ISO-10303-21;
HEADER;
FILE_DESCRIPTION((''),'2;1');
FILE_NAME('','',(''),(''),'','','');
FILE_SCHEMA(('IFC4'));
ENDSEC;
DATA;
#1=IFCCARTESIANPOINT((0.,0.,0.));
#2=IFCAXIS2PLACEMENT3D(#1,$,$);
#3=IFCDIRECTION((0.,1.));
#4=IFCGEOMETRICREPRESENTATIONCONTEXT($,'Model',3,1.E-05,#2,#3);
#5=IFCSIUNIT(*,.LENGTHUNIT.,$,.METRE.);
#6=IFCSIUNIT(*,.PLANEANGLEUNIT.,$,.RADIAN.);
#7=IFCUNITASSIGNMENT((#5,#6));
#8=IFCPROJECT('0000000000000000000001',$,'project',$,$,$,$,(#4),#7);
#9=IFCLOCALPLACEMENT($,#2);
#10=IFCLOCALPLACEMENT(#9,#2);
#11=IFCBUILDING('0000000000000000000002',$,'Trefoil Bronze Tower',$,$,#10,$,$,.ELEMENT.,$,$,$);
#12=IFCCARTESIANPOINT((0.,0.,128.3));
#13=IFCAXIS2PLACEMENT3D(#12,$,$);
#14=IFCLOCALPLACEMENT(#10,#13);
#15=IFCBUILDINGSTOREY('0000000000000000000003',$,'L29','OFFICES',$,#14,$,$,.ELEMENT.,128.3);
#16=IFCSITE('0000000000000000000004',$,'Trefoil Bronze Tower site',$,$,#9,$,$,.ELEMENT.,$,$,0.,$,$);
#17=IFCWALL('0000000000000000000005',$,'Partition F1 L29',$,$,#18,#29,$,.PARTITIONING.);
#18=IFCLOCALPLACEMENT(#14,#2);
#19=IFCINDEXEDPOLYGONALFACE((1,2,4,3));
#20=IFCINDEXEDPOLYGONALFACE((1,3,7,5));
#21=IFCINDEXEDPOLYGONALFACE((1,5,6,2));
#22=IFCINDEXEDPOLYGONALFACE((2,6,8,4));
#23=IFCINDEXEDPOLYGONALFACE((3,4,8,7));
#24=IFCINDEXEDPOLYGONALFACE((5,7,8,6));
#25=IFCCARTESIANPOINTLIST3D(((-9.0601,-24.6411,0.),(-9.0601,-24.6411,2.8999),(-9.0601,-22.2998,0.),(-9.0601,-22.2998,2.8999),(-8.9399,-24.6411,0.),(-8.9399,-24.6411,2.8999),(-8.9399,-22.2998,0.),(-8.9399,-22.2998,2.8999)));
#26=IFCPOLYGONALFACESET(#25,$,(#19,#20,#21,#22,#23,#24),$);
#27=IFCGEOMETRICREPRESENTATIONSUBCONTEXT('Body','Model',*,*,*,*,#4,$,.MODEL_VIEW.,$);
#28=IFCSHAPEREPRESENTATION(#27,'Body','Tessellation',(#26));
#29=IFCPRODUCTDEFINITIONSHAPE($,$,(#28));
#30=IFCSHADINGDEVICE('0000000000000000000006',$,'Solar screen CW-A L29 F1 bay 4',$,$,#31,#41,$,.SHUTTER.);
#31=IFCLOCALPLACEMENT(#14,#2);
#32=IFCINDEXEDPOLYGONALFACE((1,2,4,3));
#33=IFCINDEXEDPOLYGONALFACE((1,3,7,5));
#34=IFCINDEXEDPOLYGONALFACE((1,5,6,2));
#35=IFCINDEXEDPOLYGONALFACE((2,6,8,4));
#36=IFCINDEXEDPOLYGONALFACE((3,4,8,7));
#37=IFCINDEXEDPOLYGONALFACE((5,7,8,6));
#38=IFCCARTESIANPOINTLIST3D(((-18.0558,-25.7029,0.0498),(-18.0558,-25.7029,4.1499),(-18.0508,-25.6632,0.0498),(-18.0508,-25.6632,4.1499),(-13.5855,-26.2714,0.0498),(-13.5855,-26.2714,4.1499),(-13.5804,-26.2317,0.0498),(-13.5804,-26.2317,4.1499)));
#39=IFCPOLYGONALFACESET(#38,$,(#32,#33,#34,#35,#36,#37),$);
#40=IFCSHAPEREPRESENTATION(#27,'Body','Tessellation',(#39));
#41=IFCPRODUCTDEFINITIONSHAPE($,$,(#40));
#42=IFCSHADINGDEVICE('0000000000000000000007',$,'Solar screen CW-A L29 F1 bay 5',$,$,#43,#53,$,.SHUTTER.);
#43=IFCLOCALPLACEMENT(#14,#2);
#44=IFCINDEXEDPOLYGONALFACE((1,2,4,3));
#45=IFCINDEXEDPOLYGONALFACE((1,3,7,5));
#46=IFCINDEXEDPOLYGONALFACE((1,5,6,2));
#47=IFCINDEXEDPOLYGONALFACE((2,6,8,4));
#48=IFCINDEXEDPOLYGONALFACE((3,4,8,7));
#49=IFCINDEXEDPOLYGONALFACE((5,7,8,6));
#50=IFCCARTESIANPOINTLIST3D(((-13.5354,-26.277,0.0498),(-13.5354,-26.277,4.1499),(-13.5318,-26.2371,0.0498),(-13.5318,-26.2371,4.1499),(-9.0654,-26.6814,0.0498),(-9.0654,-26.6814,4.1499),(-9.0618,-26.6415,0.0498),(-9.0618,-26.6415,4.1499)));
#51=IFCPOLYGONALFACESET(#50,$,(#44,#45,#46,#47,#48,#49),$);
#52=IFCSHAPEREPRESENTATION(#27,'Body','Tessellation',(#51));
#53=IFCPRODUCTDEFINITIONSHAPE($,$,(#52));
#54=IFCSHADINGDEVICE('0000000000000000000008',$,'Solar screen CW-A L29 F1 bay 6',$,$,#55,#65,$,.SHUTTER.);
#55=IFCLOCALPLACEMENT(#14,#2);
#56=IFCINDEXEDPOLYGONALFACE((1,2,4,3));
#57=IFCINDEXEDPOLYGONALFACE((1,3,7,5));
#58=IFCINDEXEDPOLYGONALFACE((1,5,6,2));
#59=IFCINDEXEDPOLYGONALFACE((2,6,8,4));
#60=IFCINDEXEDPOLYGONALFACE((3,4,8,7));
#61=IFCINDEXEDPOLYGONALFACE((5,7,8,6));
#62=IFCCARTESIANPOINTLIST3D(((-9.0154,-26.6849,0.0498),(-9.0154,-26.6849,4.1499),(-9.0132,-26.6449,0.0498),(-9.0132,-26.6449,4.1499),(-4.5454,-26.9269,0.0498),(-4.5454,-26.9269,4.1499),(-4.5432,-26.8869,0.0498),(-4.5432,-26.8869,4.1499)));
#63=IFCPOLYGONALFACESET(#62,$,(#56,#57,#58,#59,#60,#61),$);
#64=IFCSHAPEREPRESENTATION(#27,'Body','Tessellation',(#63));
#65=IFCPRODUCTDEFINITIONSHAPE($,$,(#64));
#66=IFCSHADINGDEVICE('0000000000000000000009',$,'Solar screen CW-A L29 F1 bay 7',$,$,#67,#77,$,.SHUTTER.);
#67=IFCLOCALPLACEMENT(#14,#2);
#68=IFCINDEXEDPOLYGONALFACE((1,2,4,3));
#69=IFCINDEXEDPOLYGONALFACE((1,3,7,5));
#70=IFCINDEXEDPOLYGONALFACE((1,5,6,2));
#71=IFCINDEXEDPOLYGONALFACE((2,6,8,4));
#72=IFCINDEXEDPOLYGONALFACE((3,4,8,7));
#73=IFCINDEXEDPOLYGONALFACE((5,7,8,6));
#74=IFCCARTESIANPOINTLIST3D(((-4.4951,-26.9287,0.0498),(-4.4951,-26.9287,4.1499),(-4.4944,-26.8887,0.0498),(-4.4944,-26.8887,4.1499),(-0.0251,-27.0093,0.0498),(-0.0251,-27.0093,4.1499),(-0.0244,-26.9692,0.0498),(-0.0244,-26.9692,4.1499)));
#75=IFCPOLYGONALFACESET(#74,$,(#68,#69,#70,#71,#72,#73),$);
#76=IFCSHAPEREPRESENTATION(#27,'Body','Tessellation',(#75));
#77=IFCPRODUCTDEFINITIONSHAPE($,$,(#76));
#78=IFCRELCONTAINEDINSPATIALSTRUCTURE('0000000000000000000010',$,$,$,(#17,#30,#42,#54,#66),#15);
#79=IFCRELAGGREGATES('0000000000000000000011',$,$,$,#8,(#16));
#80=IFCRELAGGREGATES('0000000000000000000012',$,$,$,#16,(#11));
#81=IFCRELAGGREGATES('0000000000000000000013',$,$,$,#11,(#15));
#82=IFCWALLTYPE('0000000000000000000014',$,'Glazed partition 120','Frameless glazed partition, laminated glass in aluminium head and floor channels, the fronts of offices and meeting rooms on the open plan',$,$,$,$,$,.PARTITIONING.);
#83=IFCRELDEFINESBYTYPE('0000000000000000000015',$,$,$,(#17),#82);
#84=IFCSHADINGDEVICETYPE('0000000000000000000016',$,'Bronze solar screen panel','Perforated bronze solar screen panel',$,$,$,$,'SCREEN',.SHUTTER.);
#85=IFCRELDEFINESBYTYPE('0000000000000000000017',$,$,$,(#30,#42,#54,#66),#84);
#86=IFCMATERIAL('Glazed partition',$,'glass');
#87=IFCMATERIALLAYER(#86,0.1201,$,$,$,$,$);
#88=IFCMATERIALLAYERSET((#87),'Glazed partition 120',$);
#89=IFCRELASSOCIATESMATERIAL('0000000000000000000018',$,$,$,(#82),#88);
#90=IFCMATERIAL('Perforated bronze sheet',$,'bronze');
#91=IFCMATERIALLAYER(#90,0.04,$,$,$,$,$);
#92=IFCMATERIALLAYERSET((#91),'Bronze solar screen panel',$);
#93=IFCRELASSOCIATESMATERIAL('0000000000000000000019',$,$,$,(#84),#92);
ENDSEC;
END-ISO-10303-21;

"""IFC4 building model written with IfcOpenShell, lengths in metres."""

from ifc_helpers import new_model, si_unit, direction, frame, frame_2d, origin, origin_2d, place, context, subcontext, project, spatial, rectangle, extrude, material, layer, layer_set, type_object, element, save


model = new_model("IFC4")

# Units and contexts
model_context = context("Model", 3, precision=1e-05, world=origin(), true_north=direction((0.0, 1.0)))
body_context = subcontext(model_context, "Body", "Model", "MODEL_VIEW")
ifc_project = project(units=[si_unit("LENGTHUNIT", "METRE"), si_unit("PLANEANGLEUNIT", "RADIAN")], contexts=[model_context])

# Site, building, storey
site_placement = place(None, origin())
site = spatial("IfcSite", under=ifc_project, at=site_placement, Name="Trefoil Bronze Tower site", CompositionType="ELEMENT", RefElevation=0.0)
building_placement = place(site_placement, origin())
building = spatial("IfcBuilding", under=site, at=building_placement, Name="Trefoil Bronze Tower", CompositionType="ELEMENT")
storey_placement = place(building_placement, frame((0.0, 0.0, 128.3)))
storey = spatial("IfcBuildingStorey", under=building, at=storey_placement, Name="L29", Description="OFFICES", CompositionType="ELEMENT", Elevation=128.3)

# Shared definitions
ifc_material_1 = material(Name="Glazed partition", Category="glass")
ifc_layer_1 = layer(ifc_material_1, 0.1201)
ifc_layer_set_1 = layer_set([ifc_layer_1], Name="Glazed partition 120")
wall_type = type_object("IfcWallType", Name="Glazed partition 120", Description="Frameless glazed partition, laminated glass in aluminium head and floor channels, the fronts of offices and meeting rooms on the open plan", PredefinedType="PARTITIONING", material=ifc_layer_set_1)

# Wall
wall_1_placement = place(storey_placement, frame((-9.0, -22.2998, 0.0), z_axis=(0.0, 0.0, 1.0), x_axis=(0.0, -1.0, 0.0)))
element("IfcWall", 1, at=wall_1_placement, inside=storey, type_object=wall_type, Name="Partition F1 L29", PredefinedType="PARTITIONING", context=body_context, shape_type="SweptSolid", body=[
    extrude(rectangle(XDim=2.3413, YDim=0.1201, at=frame_2d((1.1707, 0.0))), origin(), (0.0, 0.0, 1.0), 2.8999),
])

# Shading devices
ifc_material_2 = material(Name="Perforated bronze sheet", Category="bronze")
ifc_layer_2 = layer(ifc_material_2, 0.04)
ifc_layer_set_2 = layer_set([ifc_layer_2], Name="Bronze solar screen panel")
shading_device_type = type_object("IfcShadingDeviceType", Name="Bronze solar screen panel", Description="Perforated bronze solar screen panel", ElementType="SCREEN", PredefinedType="SHUTTER", material=ifc_layer_set_2)
shading_device_1_placement = place(storey_placement, frame((-15.8181, -25.9673, 0.0498), z_axis=(0.0, 0.0, 1.0), x_axis=(0.992012, -0.126147, 0.0)))
element("IfcShadingDevice", 2, at=shading_device_1_placement, inside=storey, type_object=shading_device_type, Name="Solar screen CW-A L29 F1 bay 4", PredefinedType="SHUTTER", context=body_context, shape_type="SweptSolid", body=[
    extrude(rectangle(XDim=4.5063, YDim=0.04, at=origin_2d()), origin(), (0.0, 0.0, 1.0), 4.1001),
])
shading_device_2_placement = place(storey_placement, frame((-11.2986, -26.4592, 0.0498), z_axis=(0.0, 0.0, 1.0), x_axis=(0.995932, -0.090105, 0.0)))
element("IfcShadingDevice", 3, at=shading_device_2_placement, inside=storey, type_object=shading_device_type, Name="Solar screen CW-A L29 F1 bay 5", PredefinedType="SHUTTER", context=body_context, shape_type="SweptSolid", body=[
    extrude(rectangle(XDim=4.4883, YDim=0.04, at=origin_2d()), origin(), (0.0, 0.0, 1.0), 4.1001),
])
shading_device_3_placement = place(storey_placement, frame((-6.7793, -26.7859, 0.0498), z_axis=(0.0, 0.0, 1.0), x_axis=(0.998538, -0.054063, 0.0)))
element("IfcShadingDevice", 4, at=shading_device_3_placement, inside=storey, type_object=shading_device_type, Name="Solar screen CW-A L29 F1 bay 6", PredefinedType="SHUTTER", context=body_context, shape_type="SweptSolid", body=[
    extrude(rectangle(XDim=4.4766, YDim=0.04, at=origin_2d()), origin(), (0.0, 0.0, 1.0), 4.1001),
])
shading_device_4_placement = place(storey_placement, frame((-2.2598, -26.949, 0.0498), z_axis=(0.0, 0.0, 1.0), x_axis=(0.999838, -0.018021, 0.0)))
element("IfcShadingDevice", 5, at=shading_device_4_placement, inside=storey, type_object=shading_device_type, Name="Solar screen CW-A L29 F1 bay 7", PredefinedType="SHUTTER", context=body_context, shape_type="SweptSolid", body=[
    extrude(rectangle(XDim=4.4707, YDim=0.04, at=origin_2d()), origin(), (0.0, 0.0, 1.0), 4.1001),
])

save(model, "model.ifc")
